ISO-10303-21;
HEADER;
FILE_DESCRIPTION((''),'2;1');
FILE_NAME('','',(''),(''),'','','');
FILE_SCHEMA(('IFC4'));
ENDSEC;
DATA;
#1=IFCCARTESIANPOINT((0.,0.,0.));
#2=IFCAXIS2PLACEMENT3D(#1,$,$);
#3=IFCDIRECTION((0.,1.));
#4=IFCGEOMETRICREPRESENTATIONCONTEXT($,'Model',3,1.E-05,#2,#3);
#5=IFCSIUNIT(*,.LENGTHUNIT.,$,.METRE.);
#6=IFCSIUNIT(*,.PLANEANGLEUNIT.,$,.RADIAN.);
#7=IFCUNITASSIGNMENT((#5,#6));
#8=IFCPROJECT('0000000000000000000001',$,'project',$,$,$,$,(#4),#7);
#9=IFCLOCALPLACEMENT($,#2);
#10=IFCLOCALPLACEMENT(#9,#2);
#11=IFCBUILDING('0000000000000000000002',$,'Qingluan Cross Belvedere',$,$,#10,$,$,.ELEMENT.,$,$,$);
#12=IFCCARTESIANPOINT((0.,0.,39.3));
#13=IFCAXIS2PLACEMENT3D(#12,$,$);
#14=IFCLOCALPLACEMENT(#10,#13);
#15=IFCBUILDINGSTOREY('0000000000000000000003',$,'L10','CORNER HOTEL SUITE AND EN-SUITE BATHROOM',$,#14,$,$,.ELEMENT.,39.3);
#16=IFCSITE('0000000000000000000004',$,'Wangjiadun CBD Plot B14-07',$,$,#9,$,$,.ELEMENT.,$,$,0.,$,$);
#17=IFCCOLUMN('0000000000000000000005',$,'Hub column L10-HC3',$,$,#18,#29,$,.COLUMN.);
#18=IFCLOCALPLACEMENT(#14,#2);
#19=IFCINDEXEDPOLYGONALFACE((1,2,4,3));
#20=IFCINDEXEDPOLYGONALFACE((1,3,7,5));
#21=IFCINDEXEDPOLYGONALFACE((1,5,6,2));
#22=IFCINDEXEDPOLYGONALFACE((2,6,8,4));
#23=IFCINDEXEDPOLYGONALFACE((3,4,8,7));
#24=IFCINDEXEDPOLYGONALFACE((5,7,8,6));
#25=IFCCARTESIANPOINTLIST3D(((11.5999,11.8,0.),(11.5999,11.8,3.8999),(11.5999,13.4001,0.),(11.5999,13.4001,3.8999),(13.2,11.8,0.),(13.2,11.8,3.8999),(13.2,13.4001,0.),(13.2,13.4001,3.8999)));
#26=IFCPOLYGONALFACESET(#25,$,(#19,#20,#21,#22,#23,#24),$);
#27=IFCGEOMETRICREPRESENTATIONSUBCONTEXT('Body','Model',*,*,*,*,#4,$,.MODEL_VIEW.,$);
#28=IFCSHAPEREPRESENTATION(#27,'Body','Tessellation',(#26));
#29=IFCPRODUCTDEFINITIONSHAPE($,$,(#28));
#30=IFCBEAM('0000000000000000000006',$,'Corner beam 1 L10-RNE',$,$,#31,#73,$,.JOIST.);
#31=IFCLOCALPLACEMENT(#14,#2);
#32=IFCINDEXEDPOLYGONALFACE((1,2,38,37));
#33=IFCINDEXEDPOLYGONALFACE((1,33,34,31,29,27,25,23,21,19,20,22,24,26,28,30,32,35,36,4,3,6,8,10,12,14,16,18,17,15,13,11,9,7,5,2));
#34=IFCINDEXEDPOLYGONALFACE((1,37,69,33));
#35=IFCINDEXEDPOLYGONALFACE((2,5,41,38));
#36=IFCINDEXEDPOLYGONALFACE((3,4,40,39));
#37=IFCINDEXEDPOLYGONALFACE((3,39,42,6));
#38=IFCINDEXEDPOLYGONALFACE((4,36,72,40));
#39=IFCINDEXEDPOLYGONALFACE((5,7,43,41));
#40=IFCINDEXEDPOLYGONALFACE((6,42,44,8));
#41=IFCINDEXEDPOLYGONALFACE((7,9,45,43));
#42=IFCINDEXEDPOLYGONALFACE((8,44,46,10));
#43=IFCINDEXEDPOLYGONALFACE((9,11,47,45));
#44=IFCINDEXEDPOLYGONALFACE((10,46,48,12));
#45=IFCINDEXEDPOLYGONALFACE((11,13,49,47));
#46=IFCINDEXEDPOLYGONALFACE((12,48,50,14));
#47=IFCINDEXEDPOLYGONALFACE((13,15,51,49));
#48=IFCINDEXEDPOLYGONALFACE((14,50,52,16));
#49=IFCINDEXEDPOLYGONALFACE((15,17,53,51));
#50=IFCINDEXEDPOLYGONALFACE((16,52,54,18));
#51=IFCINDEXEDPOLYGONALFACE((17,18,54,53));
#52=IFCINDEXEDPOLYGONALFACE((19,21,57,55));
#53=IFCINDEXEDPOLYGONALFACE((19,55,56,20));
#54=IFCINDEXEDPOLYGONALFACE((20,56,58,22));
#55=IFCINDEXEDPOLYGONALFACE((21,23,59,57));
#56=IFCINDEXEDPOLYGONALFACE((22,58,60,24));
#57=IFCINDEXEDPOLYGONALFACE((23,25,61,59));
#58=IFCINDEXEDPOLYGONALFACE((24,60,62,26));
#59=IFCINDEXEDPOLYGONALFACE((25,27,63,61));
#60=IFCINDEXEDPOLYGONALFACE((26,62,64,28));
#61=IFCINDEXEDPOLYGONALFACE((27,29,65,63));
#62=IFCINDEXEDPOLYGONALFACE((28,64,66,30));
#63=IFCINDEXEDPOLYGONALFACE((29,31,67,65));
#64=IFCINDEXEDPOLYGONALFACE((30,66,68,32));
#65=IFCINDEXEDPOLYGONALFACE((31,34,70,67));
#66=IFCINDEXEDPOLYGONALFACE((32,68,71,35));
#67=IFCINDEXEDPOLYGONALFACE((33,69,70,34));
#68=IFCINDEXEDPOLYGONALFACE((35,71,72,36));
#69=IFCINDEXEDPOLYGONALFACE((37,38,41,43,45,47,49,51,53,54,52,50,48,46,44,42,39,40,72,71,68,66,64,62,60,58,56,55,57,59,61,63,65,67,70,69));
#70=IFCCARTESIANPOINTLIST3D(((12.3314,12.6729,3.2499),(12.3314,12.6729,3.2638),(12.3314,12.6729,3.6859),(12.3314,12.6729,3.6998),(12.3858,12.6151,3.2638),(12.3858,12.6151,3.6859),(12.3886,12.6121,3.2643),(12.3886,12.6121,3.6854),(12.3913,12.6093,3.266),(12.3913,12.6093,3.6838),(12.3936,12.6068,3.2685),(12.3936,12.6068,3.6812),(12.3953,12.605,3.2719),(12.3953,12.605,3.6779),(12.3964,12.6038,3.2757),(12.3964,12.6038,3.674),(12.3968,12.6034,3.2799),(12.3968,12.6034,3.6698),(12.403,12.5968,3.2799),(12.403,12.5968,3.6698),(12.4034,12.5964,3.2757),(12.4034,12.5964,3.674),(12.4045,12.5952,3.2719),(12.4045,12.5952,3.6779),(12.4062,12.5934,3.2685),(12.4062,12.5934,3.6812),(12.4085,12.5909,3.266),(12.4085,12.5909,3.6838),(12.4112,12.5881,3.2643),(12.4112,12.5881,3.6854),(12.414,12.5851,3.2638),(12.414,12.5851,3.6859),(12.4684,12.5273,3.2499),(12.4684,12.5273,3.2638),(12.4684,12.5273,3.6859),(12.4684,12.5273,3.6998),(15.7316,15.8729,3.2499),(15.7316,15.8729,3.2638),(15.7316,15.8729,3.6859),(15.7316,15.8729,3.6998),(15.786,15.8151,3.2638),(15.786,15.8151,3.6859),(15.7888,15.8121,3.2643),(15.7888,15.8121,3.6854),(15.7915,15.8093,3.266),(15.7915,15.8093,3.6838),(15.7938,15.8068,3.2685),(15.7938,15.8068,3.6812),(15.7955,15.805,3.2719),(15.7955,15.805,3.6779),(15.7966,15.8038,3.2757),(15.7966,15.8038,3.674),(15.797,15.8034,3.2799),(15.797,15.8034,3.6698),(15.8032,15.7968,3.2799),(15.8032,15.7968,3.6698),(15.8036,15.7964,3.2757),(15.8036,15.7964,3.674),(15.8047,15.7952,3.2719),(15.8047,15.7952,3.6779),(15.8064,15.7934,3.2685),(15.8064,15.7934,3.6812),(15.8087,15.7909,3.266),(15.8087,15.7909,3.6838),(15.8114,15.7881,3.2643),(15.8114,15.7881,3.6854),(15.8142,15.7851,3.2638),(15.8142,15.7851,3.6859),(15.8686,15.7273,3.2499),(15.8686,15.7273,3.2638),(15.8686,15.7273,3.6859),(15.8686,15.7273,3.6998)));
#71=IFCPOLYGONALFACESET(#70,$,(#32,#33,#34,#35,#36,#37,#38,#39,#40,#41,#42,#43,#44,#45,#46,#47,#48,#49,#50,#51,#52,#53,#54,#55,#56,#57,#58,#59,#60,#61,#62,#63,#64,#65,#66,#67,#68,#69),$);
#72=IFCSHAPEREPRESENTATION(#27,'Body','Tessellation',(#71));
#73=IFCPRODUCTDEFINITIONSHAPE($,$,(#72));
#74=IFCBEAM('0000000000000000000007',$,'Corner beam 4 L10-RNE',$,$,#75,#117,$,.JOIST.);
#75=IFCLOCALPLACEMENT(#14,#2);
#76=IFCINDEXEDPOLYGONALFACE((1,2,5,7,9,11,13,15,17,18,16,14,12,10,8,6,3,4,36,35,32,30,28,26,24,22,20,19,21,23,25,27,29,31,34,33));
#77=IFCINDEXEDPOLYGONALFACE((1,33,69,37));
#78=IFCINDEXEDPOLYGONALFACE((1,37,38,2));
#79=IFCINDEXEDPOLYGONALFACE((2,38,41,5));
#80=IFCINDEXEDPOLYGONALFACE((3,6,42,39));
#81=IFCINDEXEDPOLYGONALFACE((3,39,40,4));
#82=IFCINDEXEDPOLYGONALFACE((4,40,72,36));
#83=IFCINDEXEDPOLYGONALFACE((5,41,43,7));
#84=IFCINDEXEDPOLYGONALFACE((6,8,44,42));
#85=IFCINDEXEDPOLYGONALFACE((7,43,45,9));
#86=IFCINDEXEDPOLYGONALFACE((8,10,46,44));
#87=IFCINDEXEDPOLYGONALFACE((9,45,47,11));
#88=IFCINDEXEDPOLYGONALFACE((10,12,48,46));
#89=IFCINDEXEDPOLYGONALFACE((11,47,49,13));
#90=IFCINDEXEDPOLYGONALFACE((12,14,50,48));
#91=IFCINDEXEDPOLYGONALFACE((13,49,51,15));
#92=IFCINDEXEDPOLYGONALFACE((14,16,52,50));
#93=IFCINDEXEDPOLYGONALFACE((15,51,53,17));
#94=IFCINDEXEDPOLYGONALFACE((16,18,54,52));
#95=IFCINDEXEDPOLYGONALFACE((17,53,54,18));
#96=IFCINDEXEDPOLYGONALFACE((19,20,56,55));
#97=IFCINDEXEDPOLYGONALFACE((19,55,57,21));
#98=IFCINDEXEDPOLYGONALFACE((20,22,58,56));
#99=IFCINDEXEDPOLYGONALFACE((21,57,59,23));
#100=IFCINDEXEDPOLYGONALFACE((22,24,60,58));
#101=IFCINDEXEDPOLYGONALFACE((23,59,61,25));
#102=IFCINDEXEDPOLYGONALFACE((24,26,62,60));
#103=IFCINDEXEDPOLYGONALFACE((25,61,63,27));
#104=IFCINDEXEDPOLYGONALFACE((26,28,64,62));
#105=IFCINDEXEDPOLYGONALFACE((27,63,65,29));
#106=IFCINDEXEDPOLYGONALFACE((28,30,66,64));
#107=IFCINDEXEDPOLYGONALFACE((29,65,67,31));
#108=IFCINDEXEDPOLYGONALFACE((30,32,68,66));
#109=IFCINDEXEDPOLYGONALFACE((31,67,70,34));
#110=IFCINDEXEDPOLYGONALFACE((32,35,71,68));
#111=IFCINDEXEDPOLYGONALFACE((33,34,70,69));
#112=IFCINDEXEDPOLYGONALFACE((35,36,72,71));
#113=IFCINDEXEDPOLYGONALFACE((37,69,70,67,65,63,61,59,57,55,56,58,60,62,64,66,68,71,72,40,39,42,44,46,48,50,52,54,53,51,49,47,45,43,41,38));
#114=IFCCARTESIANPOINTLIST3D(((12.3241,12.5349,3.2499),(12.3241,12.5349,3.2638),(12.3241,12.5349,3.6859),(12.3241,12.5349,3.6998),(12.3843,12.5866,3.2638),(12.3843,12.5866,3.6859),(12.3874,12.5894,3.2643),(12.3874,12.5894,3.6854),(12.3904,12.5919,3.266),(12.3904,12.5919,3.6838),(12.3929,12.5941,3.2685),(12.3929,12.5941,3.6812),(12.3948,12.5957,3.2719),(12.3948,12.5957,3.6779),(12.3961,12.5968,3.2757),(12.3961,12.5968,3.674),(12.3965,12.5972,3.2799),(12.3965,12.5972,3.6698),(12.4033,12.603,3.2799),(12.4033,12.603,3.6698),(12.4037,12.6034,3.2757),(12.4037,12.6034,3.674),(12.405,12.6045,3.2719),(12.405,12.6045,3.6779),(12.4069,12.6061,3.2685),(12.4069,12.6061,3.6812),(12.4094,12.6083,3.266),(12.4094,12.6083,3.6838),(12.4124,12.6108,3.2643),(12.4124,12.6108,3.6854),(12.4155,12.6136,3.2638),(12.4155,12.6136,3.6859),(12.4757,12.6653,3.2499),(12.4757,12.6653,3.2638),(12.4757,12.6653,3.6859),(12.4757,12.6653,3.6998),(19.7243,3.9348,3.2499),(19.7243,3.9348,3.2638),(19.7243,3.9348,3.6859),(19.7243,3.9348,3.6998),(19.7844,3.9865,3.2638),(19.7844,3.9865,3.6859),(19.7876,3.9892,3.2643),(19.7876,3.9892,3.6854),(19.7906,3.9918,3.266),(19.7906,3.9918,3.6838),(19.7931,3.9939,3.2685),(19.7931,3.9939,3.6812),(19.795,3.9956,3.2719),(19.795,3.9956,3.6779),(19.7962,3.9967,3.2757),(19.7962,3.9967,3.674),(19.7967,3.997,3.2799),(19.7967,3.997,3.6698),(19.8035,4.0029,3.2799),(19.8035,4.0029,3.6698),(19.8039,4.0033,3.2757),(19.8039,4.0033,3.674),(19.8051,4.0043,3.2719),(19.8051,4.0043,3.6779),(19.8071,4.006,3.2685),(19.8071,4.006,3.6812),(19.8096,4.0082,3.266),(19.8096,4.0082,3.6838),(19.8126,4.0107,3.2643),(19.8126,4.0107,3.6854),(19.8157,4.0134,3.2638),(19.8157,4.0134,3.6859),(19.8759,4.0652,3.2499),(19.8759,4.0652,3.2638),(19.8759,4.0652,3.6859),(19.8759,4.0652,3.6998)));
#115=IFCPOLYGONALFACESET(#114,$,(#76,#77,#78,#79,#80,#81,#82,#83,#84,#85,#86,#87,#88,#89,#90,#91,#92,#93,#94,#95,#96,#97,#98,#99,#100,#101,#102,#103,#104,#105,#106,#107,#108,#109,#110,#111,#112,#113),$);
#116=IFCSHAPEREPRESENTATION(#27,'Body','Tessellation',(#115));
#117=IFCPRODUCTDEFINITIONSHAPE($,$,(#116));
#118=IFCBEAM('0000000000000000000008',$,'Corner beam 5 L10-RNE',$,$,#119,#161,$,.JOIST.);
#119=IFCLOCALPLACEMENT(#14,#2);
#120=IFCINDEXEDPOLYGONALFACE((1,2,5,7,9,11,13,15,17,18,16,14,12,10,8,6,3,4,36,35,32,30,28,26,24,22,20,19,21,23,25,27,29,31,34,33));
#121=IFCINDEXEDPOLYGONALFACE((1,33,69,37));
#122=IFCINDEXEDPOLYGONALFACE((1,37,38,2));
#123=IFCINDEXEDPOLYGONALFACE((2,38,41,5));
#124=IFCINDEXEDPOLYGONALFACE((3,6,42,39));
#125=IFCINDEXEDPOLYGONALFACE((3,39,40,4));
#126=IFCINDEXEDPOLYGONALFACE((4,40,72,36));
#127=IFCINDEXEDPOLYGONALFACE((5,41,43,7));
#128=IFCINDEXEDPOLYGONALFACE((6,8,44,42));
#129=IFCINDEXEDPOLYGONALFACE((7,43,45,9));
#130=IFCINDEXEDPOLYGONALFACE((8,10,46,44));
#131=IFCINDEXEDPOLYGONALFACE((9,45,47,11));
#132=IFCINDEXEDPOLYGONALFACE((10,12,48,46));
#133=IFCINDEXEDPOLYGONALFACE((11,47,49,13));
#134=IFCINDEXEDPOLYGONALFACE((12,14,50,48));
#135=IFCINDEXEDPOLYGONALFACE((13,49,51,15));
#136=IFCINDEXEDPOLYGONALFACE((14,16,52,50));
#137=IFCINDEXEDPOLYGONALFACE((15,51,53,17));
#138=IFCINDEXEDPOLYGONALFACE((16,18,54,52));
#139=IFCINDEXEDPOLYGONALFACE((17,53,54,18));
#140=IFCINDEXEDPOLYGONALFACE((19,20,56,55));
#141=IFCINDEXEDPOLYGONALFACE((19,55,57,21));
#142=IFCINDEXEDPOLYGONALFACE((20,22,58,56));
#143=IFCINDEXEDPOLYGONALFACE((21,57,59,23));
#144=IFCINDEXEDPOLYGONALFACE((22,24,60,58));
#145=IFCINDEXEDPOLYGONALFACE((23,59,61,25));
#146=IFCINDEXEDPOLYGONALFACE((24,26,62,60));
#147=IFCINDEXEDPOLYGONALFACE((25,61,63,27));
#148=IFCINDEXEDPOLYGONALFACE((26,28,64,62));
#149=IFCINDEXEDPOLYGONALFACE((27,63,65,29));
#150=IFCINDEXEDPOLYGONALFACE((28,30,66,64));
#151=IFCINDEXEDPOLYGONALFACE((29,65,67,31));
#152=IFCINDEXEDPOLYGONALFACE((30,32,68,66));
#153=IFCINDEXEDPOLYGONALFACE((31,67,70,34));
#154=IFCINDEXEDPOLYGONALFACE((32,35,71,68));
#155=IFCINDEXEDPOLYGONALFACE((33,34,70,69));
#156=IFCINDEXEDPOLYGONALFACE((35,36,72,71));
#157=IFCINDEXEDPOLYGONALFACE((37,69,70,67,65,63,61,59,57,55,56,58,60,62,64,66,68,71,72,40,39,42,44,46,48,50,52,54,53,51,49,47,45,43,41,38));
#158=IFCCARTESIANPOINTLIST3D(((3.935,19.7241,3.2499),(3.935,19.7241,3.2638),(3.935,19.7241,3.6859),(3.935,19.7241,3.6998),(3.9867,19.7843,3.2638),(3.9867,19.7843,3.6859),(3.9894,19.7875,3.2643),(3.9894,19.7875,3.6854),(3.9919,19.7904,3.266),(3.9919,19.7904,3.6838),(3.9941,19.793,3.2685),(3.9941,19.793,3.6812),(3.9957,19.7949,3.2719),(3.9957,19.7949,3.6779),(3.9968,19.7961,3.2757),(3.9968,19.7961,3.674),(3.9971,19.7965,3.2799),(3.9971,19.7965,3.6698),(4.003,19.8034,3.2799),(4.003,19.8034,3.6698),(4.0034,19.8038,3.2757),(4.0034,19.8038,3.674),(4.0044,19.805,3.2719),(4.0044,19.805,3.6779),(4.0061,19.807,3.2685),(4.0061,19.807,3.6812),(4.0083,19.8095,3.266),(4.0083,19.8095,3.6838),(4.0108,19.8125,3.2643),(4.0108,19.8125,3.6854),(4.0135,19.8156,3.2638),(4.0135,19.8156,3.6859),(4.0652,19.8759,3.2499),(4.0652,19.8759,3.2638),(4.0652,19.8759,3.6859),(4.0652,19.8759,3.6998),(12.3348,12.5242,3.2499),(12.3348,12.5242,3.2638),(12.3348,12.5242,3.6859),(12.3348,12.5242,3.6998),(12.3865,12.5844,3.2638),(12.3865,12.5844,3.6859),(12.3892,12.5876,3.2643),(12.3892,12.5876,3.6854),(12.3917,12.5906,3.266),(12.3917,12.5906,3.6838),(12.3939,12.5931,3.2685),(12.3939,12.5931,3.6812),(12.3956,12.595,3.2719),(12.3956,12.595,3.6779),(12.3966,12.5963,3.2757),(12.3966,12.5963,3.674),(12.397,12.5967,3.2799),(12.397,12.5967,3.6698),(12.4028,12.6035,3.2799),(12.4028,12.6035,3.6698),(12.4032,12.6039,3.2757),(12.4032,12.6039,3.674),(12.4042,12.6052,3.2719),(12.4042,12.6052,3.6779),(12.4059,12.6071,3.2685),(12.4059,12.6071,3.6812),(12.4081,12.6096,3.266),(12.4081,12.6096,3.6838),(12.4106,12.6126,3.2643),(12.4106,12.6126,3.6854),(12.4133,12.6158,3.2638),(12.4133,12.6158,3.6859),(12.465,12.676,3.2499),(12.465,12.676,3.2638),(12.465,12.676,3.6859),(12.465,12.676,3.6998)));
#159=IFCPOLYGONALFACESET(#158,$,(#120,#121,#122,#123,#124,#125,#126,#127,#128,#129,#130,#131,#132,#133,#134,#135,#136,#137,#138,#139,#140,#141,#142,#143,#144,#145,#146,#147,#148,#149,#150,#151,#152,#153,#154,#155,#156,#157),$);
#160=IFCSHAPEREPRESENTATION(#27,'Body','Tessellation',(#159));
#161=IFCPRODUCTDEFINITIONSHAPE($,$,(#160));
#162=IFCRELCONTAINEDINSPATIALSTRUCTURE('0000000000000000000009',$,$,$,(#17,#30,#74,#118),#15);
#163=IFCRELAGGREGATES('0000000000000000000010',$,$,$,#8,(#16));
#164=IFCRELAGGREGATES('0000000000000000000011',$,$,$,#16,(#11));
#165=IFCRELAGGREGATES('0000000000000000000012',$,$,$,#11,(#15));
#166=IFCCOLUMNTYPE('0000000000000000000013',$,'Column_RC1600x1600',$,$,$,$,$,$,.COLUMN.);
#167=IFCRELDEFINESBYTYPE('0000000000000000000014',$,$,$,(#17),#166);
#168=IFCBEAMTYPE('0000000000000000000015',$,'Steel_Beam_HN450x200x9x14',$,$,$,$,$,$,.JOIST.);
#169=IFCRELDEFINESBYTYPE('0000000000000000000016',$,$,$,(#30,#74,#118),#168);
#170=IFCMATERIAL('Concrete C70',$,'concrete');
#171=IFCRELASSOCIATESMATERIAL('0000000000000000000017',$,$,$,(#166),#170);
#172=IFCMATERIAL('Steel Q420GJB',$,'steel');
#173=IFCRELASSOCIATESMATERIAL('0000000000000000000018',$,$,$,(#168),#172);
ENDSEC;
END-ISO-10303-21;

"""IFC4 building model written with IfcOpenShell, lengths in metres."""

from ifc_helpers import new_model, si_unit, direction, frame, origin, origin_2d, place, context, subcontext, project, spatial, rectangle, i_section, extrude, material, material_profile, profile_set, type_object, element, save


model = new_model("IFC4")

# Units and contexts
model_context = context("Model", 3, precision=1e-05, world=origin(), true_north=direction((0.0, 1.0)))
body_context = subcontext(model_context, "Body", "Model", "MODEL_VIEW")
ifc_project = project(units=[si_unit("LENGTHUNIT", "METRE"), si_unit("PLANEANGLEUNIT", "RADIAN")], contexts=[model_context])

# Site, building, storey
site_placement = place(None, origin())
site = spatial("IfcSite", under=ifc_project, at=site_placement, Name="Wangjiadun CBD Plot B14-07", CompositionType="ELEMENT", RefElevation=0.0)
building_placement = place(site_placement, origin())
building = spatial("IfcBuilding", under=site, at=building_placement, Name="Qingluan Cross Belvedere", CompositionType="ELEMENT")
storey_placement = place(building_placement, frame((0.0, 0.0, 39.3)))
storey = spatial("IfcBuildingStorey", under=building, at=storey_placement, Name="L10", Description="CORNER HOTEL SUITE AND EN-SUITE BATHROOM", CompositionType="ELEMENT", Elevation=39.3)

# Column
ifc_material_1 = material(Name="Concrete C70", Category="concrete")
ifc_material_profile_1 = material_profile(ifc_material_1, rectangle(XDim=1.6001, YDim=1.6001, at=origin_2d()), Name="RC1600x1600")
ifc_profile_set_1 = profile_set([ifc_material_profile_1], Name="Concrete C70")
column_type = type_object("IfcColumnType", Name="Column_RC1600x1600", PredefinedType="COLUMN", material=ifc_profile_set_1)
column_placement = place(storey_placement, frame((12.3999, 12.6001, 0.0), z_axis=(0.0, 0.0, 1.0), x_axis=(1.0, 0.0, 0.0)))
element("IfcColumn", 1, at=column_placement, inside=storey, type_object=column_type, Name="Hub column L10-HC3", PredefinedType="COLUMN", context=body_context, shape_type="SweptSolid", body=[
    extrude(rectangle(XDim=1.6001, YDim=1.6001, at=origin_2d()), origin(), (0.0, 0.0, 1.0), 3.8999),
])

# Beams
ifc_material_2 = material(Name="Steel Q420GJB", Category="steel")
ifc_material_profile_2 = material_profile(ifc_material_2, i_section(OverallWidth=0.2, OverallDepth=0.45, WebThickness=0.009, FlangeThickness=0.0139, FilletRadius=0.0161, at=origin_2d()), Name="HN450x200x9x14")
ifc_profile_set_2 = profile_set([ifc_material_profile_2], Name="Steel Q420GJB")
beam_type_1 = type_object("IfcBeamType", Name="Steel_Beam_HN450x200x9x14", PredefinedType="JOIST", material=ifc_profile_set_2)
beam_1_placement = place(storey_placement, frame((12.3999, 12.6001, 3.4749), z_axis=(0.72822, 0.685343, 0.0), x_axis=(-0.685343, 0.72822, 0.0)))
element("IfcBeam", 2, at=beam_1_placement, inside=storey, type_object=beam_type_1, Name="Corner beam 1 L10-RNE", PredefinedType="JOIST", context=body_context, shape_type="SweptSolid", body=[
    extrude(i_section(OverallWidth=0.2, OverallDepth=0.45, WebThickness=0.009, FlangeThickness=0.0139, FilletRadius=0.0161, at=origin_2d()), origin(), (0.0, 0.0, 1.0), 4.6692),
])
beam_2_placement = place(storey_placement, frame((12.3999, 12.6001, 3.4749), z_axis=(0.652245, -0.758008, 0.0), x_axis=(0.758008, 0.652245, 0.0)))
element("IfcBeam", 3, at=beam_2_placement, inside=storey, type_object=beam_type_1, Name="Corner beam 4 L10-RNE", PredefinedType="JOIST", context=body_context, shape_type="SweptSolid", body=[
    extrude(i_section(OverallWidth=0.2, OverallDepth=0.45, WebThickness=0.009, FlangeThickness=0.0139, FilletRadius=0.0161, at=origin_2d()), origin(), (0.0, 0.0, 1.0), 11.3457),
])
beam_3_placement = place(storey_placement, frame((12.3999, 12.6001, 3.4749), z_axis=(-0.759255, 0.650793, 0.0), x_axis=(-0.650793, -0.759255, 0.0)))
element("IfcBeam", 4, at=beam_3_placement, inside=storey, type_object=beam_type_1, Name="Corner beam 5 L10-RNE", PredefinedType="JOIST", context=body_context, shape_type="SweptSolid", body=[
    extrude(i_section(OverallWidth=0.2, OverallDepth=0.45, WebThickness=0.009, FlangeThickness=0.0139, FilletRadius=0.0161, at=origin_2d()), origin(), (0.0, 0.0, 1.0), 11.0632),
])

save(model, "model.ifc")
